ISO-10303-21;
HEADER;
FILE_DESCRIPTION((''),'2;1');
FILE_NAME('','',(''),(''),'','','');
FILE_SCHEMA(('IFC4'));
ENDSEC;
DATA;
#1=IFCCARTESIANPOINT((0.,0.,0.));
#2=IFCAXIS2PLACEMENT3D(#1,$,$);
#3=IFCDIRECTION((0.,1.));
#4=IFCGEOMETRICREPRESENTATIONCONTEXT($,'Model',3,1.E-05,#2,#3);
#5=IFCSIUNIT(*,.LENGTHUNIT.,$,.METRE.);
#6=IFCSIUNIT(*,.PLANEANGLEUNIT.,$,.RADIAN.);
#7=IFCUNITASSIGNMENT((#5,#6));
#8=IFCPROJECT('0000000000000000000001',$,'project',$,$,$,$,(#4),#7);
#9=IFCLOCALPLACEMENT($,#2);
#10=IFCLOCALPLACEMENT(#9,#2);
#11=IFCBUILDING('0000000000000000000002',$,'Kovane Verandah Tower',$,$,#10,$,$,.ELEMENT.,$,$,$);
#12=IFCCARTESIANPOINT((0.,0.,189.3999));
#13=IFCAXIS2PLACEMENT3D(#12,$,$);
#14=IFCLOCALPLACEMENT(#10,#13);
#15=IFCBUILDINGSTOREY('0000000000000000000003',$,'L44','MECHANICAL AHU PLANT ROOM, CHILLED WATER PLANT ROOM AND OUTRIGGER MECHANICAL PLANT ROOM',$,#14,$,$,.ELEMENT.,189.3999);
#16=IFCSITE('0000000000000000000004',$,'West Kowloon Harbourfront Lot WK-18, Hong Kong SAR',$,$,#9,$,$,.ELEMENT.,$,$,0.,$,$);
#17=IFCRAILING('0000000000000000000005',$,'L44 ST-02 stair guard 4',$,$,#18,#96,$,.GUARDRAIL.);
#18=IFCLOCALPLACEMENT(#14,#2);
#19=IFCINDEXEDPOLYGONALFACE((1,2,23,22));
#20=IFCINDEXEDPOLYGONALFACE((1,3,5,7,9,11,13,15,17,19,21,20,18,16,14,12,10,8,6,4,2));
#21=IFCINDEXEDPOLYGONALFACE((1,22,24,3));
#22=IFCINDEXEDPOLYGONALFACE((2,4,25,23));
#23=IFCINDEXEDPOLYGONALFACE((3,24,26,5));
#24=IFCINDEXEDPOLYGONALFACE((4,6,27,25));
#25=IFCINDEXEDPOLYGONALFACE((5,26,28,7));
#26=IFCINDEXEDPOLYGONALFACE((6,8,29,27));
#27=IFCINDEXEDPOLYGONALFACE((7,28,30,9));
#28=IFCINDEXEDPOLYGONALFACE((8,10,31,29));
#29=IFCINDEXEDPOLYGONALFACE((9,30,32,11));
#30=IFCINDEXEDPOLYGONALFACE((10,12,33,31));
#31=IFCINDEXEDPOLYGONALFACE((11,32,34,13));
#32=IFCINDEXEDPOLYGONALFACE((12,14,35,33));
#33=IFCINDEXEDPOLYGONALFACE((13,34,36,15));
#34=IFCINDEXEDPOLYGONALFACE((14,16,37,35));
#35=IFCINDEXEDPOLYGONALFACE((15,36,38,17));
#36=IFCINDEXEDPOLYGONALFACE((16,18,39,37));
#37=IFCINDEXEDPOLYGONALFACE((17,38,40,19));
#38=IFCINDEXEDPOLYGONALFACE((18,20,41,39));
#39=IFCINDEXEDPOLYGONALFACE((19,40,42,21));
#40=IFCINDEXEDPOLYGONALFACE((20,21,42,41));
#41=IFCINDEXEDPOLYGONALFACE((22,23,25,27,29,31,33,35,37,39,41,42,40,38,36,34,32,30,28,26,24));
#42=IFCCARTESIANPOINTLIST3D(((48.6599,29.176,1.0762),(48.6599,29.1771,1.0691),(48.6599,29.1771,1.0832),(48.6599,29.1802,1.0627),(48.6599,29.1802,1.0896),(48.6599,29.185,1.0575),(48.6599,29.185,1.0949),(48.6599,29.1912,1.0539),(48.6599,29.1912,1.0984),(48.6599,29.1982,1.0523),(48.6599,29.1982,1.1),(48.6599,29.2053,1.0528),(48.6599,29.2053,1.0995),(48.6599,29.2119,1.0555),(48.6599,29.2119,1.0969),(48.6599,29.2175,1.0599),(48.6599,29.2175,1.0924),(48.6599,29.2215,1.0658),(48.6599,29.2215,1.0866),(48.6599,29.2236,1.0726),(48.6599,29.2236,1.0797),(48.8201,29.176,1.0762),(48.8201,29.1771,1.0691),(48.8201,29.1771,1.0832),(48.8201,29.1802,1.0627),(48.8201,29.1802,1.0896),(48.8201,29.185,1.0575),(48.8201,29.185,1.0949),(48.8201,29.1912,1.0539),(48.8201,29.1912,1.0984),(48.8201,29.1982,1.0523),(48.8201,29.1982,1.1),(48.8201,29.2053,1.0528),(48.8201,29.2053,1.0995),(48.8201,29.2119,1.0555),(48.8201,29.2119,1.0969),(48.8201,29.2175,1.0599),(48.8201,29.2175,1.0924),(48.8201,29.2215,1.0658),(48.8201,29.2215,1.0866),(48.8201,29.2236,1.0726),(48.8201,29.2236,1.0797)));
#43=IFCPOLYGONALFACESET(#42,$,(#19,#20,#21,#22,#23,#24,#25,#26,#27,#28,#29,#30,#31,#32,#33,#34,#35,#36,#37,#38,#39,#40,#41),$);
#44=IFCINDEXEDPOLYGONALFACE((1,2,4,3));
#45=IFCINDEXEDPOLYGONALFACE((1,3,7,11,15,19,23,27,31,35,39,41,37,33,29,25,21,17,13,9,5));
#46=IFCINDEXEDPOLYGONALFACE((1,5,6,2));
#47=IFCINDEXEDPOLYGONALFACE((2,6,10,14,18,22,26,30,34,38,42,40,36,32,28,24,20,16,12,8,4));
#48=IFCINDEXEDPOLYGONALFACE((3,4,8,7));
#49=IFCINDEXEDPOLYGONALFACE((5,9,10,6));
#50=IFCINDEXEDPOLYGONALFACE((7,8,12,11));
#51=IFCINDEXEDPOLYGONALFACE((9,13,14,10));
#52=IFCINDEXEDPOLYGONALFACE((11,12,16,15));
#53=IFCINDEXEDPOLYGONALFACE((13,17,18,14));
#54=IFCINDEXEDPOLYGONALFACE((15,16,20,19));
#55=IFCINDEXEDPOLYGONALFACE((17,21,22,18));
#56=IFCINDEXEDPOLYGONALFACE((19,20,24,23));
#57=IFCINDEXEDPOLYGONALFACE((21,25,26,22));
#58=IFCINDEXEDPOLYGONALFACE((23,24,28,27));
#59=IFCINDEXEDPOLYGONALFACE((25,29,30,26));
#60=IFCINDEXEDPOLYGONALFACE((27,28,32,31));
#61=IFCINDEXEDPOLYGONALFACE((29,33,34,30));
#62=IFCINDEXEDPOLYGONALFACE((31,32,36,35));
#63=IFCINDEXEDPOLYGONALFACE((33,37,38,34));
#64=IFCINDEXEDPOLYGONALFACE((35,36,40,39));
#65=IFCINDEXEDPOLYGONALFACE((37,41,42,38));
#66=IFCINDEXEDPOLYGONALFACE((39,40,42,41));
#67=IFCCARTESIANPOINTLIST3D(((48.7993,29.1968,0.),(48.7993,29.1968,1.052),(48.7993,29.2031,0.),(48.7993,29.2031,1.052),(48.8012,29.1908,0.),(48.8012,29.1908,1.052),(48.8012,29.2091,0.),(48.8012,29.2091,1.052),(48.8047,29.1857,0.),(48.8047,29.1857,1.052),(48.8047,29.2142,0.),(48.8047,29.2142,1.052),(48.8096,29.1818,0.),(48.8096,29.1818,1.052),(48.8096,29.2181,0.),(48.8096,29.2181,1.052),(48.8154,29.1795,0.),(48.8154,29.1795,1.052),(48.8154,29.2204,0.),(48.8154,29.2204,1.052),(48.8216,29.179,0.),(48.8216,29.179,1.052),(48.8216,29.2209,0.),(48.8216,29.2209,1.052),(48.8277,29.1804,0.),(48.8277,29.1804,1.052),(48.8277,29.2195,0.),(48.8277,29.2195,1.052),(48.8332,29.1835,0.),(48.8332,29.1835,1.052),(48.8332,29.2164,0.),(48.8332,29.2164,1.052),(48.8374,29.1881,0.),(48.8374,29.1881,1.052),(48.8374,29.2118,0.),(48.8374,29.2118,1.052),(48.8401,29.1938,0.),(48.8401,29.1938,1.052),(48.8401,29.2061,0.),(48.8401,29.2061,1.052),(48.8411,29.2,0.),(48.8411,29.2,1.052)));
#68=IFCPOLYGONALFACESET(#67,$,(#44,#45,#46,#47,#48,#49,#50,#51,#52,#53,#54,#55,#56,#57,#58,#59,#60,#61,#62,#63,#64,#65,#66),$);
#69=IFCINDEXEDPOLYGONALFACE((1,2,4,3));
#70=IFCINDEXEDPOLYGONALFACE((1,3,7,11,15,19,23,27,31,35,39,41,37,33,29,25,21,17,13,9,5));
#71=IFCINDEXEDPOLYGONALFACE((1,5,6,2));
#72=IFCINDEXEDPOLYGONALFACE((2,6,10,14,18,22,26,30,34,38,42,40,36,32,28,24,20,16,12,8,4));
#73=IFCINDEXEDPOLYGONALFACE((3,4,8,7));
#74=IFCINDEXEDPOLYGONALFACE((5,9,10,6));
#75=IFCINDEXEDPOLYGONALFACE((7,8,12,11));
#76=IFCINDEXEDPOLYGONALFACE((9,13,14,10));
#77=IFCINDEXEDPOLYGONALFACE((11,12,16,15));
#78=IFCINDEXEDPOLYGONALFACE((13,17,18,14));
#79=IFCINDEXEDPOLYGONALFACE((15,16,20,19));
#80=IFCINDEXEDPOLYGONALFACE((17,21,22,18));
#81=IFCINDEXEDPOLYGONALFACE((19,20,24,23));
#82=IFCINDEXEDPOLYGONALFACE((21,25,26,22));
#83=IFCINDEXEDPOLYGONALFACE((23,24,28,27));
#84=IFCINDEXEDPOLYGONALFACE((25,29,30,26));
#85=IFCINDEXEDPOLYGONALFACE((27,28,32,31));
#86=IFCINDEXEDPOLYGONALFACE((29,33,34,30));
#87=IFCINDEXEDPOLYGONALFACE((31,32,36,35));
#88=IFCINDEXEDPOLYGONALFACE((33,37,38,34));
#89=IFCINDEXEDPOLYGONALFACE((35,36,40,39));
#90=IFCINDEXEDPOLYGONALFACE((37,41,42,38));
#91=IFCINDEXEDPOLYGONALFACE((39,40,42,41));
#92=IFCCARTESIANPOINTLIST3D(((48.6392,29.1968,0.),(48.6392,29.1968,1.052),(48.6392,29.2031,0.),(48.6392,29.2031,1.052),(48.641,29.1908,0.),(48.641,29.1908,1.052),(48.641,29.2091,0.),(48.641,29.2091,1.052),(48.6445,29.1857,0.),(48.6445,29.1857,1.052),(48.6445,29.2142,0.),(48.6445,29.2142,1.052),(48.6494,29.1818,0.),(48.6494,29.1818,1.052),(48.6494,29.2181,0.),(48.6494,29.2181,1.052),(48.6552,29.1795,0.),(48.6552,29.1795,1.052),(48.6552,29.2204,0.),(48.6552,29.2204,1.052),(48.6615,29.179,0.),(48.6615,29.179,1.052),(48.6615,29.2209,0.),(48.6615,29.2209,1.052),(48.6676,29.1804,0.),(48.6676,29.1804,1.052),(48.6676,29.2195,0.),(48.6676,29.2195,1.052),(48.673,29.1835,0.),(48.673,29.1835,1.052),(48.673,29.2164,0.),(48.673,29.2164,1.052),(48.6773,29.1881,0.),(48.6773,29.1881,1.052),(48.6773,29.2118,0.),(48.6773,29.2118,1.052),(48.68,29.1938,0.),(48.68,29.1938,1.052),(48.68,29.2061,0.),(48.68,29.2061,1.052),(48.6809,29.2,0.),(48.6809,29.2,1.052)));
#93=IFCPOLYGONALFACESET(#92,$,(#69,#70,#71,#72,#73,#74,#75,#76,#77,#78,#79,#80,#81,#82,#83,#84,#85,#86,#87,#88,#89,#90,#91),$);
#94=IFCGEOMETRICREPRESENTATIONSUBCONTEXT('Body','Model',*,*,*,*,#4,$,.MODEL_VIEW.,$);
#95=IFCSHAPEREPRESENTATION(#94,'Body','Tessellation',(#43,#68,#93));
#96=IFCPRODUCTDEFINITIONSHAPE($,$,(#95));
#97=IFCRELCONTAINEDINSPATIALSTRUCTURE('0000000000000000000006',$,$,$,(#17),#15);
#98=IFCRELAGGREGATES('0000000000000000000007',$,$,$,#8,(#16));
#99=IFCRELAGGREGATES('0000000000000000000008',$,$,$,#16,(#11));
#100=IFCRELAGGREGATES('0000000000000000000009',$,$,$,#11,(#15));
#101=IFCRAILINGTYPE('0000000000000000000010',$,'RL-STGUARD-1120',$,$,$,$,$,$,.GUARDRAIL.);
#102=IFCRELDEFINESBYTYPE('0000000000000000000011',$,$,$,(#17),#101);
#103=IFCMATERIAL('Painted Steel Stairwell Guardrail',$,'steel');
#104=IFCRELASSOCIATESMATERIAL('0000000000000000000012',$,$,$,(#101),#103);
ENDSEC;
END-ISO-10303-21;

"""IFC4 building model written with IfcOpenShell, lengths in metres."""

from ifc_helpers import new_model, si_unit, direction, frame, origin, origin_2d, place, context, subcontext, project, spatial, circle, extrude, material, type_object, element, save


model = new_model("IFC4")

# Units and contexts
model_context = context("Model", 3, precision=1e-05, world=origin(), true_north=direction((0.0, 1.0)))
body_context = subcontext(model_context, "Body", "Model", "MODEL_VIEW")
ifc_project = project(units=[si_unit("LENGTHUNIT", "METRE"), si_unit("PLANEANGLEUNIT", "RADIAN")], contexts=[model_context])

# Site, building, storey
site_placement = place(None, origin())
site = spatial("IfcSite", under=ifc_project, at=site_placement, Name="West Kowloon Harbourfront Lot WK-18, Hong Kong SAR", CompositionType="ELEMENT", RefElevation=0.0)
building_placement = place(site_placement, origin())
building = spatial("IfcBuilding", under=site, at=building_placement, Name="Kovane Verandah Tower", CompositionType="ELEMENT")
storey_placement = place(building_placement, frame((0.0, 0.0, 189.3999)))
storey = spatial("IfcBuildingStorey", under=building, at=storey_placement, Name="L44", Description="MECHANICAL AHU PLANT ROOM, CHILLED WATER PLANT ROOM AND OUTRIGGER MECHANICAL PLANT ROOM", CompositionType="ELEMENT", Elevation=189.3999)

# Railing
ifc_material_1 = material(Name="Painted Steel Stairwell Guardrail", Category="steel")
railing_type_1 = type_object("IfcRailingType", Name="RL-STGUARD-1120", PredefinedType="GUARDRAIL", material=ifc_material_1)
railing_1_placement = place(storey_placement, frame((48.8201, 29.2, 0.0)))
element("IfcRailing", 1, at=railing_1_placement, inside=storey, type_object=railing_type_1, Name="L44 ST-02 stair guard 4", PredefinedType="GUARDRAIL", context=body_context, shape_type="SweptSolid", body=[
    extrude(circle(Radius=0.0239, at=origin_2d()), frame((0.0, 0.0, 1.0762), z_axis=(-1.0, 0.0, 0.0), x_axis=(0.0, -1.0, 0.0)), (0.0, 0.0, 1.0), 0.1602),
    extrude(circle(Radius=0.021, at=origin_2d()), origin(), (0.0, 0.0, 1.0), 1.052),
    extrude(circle(Radius=0.021, at=origin_2d()), frame((-0.1602, 0.0, 0.0)), (0.0, 0.0, 1.0), 1.052),
])

save(model, "model.ifc")
